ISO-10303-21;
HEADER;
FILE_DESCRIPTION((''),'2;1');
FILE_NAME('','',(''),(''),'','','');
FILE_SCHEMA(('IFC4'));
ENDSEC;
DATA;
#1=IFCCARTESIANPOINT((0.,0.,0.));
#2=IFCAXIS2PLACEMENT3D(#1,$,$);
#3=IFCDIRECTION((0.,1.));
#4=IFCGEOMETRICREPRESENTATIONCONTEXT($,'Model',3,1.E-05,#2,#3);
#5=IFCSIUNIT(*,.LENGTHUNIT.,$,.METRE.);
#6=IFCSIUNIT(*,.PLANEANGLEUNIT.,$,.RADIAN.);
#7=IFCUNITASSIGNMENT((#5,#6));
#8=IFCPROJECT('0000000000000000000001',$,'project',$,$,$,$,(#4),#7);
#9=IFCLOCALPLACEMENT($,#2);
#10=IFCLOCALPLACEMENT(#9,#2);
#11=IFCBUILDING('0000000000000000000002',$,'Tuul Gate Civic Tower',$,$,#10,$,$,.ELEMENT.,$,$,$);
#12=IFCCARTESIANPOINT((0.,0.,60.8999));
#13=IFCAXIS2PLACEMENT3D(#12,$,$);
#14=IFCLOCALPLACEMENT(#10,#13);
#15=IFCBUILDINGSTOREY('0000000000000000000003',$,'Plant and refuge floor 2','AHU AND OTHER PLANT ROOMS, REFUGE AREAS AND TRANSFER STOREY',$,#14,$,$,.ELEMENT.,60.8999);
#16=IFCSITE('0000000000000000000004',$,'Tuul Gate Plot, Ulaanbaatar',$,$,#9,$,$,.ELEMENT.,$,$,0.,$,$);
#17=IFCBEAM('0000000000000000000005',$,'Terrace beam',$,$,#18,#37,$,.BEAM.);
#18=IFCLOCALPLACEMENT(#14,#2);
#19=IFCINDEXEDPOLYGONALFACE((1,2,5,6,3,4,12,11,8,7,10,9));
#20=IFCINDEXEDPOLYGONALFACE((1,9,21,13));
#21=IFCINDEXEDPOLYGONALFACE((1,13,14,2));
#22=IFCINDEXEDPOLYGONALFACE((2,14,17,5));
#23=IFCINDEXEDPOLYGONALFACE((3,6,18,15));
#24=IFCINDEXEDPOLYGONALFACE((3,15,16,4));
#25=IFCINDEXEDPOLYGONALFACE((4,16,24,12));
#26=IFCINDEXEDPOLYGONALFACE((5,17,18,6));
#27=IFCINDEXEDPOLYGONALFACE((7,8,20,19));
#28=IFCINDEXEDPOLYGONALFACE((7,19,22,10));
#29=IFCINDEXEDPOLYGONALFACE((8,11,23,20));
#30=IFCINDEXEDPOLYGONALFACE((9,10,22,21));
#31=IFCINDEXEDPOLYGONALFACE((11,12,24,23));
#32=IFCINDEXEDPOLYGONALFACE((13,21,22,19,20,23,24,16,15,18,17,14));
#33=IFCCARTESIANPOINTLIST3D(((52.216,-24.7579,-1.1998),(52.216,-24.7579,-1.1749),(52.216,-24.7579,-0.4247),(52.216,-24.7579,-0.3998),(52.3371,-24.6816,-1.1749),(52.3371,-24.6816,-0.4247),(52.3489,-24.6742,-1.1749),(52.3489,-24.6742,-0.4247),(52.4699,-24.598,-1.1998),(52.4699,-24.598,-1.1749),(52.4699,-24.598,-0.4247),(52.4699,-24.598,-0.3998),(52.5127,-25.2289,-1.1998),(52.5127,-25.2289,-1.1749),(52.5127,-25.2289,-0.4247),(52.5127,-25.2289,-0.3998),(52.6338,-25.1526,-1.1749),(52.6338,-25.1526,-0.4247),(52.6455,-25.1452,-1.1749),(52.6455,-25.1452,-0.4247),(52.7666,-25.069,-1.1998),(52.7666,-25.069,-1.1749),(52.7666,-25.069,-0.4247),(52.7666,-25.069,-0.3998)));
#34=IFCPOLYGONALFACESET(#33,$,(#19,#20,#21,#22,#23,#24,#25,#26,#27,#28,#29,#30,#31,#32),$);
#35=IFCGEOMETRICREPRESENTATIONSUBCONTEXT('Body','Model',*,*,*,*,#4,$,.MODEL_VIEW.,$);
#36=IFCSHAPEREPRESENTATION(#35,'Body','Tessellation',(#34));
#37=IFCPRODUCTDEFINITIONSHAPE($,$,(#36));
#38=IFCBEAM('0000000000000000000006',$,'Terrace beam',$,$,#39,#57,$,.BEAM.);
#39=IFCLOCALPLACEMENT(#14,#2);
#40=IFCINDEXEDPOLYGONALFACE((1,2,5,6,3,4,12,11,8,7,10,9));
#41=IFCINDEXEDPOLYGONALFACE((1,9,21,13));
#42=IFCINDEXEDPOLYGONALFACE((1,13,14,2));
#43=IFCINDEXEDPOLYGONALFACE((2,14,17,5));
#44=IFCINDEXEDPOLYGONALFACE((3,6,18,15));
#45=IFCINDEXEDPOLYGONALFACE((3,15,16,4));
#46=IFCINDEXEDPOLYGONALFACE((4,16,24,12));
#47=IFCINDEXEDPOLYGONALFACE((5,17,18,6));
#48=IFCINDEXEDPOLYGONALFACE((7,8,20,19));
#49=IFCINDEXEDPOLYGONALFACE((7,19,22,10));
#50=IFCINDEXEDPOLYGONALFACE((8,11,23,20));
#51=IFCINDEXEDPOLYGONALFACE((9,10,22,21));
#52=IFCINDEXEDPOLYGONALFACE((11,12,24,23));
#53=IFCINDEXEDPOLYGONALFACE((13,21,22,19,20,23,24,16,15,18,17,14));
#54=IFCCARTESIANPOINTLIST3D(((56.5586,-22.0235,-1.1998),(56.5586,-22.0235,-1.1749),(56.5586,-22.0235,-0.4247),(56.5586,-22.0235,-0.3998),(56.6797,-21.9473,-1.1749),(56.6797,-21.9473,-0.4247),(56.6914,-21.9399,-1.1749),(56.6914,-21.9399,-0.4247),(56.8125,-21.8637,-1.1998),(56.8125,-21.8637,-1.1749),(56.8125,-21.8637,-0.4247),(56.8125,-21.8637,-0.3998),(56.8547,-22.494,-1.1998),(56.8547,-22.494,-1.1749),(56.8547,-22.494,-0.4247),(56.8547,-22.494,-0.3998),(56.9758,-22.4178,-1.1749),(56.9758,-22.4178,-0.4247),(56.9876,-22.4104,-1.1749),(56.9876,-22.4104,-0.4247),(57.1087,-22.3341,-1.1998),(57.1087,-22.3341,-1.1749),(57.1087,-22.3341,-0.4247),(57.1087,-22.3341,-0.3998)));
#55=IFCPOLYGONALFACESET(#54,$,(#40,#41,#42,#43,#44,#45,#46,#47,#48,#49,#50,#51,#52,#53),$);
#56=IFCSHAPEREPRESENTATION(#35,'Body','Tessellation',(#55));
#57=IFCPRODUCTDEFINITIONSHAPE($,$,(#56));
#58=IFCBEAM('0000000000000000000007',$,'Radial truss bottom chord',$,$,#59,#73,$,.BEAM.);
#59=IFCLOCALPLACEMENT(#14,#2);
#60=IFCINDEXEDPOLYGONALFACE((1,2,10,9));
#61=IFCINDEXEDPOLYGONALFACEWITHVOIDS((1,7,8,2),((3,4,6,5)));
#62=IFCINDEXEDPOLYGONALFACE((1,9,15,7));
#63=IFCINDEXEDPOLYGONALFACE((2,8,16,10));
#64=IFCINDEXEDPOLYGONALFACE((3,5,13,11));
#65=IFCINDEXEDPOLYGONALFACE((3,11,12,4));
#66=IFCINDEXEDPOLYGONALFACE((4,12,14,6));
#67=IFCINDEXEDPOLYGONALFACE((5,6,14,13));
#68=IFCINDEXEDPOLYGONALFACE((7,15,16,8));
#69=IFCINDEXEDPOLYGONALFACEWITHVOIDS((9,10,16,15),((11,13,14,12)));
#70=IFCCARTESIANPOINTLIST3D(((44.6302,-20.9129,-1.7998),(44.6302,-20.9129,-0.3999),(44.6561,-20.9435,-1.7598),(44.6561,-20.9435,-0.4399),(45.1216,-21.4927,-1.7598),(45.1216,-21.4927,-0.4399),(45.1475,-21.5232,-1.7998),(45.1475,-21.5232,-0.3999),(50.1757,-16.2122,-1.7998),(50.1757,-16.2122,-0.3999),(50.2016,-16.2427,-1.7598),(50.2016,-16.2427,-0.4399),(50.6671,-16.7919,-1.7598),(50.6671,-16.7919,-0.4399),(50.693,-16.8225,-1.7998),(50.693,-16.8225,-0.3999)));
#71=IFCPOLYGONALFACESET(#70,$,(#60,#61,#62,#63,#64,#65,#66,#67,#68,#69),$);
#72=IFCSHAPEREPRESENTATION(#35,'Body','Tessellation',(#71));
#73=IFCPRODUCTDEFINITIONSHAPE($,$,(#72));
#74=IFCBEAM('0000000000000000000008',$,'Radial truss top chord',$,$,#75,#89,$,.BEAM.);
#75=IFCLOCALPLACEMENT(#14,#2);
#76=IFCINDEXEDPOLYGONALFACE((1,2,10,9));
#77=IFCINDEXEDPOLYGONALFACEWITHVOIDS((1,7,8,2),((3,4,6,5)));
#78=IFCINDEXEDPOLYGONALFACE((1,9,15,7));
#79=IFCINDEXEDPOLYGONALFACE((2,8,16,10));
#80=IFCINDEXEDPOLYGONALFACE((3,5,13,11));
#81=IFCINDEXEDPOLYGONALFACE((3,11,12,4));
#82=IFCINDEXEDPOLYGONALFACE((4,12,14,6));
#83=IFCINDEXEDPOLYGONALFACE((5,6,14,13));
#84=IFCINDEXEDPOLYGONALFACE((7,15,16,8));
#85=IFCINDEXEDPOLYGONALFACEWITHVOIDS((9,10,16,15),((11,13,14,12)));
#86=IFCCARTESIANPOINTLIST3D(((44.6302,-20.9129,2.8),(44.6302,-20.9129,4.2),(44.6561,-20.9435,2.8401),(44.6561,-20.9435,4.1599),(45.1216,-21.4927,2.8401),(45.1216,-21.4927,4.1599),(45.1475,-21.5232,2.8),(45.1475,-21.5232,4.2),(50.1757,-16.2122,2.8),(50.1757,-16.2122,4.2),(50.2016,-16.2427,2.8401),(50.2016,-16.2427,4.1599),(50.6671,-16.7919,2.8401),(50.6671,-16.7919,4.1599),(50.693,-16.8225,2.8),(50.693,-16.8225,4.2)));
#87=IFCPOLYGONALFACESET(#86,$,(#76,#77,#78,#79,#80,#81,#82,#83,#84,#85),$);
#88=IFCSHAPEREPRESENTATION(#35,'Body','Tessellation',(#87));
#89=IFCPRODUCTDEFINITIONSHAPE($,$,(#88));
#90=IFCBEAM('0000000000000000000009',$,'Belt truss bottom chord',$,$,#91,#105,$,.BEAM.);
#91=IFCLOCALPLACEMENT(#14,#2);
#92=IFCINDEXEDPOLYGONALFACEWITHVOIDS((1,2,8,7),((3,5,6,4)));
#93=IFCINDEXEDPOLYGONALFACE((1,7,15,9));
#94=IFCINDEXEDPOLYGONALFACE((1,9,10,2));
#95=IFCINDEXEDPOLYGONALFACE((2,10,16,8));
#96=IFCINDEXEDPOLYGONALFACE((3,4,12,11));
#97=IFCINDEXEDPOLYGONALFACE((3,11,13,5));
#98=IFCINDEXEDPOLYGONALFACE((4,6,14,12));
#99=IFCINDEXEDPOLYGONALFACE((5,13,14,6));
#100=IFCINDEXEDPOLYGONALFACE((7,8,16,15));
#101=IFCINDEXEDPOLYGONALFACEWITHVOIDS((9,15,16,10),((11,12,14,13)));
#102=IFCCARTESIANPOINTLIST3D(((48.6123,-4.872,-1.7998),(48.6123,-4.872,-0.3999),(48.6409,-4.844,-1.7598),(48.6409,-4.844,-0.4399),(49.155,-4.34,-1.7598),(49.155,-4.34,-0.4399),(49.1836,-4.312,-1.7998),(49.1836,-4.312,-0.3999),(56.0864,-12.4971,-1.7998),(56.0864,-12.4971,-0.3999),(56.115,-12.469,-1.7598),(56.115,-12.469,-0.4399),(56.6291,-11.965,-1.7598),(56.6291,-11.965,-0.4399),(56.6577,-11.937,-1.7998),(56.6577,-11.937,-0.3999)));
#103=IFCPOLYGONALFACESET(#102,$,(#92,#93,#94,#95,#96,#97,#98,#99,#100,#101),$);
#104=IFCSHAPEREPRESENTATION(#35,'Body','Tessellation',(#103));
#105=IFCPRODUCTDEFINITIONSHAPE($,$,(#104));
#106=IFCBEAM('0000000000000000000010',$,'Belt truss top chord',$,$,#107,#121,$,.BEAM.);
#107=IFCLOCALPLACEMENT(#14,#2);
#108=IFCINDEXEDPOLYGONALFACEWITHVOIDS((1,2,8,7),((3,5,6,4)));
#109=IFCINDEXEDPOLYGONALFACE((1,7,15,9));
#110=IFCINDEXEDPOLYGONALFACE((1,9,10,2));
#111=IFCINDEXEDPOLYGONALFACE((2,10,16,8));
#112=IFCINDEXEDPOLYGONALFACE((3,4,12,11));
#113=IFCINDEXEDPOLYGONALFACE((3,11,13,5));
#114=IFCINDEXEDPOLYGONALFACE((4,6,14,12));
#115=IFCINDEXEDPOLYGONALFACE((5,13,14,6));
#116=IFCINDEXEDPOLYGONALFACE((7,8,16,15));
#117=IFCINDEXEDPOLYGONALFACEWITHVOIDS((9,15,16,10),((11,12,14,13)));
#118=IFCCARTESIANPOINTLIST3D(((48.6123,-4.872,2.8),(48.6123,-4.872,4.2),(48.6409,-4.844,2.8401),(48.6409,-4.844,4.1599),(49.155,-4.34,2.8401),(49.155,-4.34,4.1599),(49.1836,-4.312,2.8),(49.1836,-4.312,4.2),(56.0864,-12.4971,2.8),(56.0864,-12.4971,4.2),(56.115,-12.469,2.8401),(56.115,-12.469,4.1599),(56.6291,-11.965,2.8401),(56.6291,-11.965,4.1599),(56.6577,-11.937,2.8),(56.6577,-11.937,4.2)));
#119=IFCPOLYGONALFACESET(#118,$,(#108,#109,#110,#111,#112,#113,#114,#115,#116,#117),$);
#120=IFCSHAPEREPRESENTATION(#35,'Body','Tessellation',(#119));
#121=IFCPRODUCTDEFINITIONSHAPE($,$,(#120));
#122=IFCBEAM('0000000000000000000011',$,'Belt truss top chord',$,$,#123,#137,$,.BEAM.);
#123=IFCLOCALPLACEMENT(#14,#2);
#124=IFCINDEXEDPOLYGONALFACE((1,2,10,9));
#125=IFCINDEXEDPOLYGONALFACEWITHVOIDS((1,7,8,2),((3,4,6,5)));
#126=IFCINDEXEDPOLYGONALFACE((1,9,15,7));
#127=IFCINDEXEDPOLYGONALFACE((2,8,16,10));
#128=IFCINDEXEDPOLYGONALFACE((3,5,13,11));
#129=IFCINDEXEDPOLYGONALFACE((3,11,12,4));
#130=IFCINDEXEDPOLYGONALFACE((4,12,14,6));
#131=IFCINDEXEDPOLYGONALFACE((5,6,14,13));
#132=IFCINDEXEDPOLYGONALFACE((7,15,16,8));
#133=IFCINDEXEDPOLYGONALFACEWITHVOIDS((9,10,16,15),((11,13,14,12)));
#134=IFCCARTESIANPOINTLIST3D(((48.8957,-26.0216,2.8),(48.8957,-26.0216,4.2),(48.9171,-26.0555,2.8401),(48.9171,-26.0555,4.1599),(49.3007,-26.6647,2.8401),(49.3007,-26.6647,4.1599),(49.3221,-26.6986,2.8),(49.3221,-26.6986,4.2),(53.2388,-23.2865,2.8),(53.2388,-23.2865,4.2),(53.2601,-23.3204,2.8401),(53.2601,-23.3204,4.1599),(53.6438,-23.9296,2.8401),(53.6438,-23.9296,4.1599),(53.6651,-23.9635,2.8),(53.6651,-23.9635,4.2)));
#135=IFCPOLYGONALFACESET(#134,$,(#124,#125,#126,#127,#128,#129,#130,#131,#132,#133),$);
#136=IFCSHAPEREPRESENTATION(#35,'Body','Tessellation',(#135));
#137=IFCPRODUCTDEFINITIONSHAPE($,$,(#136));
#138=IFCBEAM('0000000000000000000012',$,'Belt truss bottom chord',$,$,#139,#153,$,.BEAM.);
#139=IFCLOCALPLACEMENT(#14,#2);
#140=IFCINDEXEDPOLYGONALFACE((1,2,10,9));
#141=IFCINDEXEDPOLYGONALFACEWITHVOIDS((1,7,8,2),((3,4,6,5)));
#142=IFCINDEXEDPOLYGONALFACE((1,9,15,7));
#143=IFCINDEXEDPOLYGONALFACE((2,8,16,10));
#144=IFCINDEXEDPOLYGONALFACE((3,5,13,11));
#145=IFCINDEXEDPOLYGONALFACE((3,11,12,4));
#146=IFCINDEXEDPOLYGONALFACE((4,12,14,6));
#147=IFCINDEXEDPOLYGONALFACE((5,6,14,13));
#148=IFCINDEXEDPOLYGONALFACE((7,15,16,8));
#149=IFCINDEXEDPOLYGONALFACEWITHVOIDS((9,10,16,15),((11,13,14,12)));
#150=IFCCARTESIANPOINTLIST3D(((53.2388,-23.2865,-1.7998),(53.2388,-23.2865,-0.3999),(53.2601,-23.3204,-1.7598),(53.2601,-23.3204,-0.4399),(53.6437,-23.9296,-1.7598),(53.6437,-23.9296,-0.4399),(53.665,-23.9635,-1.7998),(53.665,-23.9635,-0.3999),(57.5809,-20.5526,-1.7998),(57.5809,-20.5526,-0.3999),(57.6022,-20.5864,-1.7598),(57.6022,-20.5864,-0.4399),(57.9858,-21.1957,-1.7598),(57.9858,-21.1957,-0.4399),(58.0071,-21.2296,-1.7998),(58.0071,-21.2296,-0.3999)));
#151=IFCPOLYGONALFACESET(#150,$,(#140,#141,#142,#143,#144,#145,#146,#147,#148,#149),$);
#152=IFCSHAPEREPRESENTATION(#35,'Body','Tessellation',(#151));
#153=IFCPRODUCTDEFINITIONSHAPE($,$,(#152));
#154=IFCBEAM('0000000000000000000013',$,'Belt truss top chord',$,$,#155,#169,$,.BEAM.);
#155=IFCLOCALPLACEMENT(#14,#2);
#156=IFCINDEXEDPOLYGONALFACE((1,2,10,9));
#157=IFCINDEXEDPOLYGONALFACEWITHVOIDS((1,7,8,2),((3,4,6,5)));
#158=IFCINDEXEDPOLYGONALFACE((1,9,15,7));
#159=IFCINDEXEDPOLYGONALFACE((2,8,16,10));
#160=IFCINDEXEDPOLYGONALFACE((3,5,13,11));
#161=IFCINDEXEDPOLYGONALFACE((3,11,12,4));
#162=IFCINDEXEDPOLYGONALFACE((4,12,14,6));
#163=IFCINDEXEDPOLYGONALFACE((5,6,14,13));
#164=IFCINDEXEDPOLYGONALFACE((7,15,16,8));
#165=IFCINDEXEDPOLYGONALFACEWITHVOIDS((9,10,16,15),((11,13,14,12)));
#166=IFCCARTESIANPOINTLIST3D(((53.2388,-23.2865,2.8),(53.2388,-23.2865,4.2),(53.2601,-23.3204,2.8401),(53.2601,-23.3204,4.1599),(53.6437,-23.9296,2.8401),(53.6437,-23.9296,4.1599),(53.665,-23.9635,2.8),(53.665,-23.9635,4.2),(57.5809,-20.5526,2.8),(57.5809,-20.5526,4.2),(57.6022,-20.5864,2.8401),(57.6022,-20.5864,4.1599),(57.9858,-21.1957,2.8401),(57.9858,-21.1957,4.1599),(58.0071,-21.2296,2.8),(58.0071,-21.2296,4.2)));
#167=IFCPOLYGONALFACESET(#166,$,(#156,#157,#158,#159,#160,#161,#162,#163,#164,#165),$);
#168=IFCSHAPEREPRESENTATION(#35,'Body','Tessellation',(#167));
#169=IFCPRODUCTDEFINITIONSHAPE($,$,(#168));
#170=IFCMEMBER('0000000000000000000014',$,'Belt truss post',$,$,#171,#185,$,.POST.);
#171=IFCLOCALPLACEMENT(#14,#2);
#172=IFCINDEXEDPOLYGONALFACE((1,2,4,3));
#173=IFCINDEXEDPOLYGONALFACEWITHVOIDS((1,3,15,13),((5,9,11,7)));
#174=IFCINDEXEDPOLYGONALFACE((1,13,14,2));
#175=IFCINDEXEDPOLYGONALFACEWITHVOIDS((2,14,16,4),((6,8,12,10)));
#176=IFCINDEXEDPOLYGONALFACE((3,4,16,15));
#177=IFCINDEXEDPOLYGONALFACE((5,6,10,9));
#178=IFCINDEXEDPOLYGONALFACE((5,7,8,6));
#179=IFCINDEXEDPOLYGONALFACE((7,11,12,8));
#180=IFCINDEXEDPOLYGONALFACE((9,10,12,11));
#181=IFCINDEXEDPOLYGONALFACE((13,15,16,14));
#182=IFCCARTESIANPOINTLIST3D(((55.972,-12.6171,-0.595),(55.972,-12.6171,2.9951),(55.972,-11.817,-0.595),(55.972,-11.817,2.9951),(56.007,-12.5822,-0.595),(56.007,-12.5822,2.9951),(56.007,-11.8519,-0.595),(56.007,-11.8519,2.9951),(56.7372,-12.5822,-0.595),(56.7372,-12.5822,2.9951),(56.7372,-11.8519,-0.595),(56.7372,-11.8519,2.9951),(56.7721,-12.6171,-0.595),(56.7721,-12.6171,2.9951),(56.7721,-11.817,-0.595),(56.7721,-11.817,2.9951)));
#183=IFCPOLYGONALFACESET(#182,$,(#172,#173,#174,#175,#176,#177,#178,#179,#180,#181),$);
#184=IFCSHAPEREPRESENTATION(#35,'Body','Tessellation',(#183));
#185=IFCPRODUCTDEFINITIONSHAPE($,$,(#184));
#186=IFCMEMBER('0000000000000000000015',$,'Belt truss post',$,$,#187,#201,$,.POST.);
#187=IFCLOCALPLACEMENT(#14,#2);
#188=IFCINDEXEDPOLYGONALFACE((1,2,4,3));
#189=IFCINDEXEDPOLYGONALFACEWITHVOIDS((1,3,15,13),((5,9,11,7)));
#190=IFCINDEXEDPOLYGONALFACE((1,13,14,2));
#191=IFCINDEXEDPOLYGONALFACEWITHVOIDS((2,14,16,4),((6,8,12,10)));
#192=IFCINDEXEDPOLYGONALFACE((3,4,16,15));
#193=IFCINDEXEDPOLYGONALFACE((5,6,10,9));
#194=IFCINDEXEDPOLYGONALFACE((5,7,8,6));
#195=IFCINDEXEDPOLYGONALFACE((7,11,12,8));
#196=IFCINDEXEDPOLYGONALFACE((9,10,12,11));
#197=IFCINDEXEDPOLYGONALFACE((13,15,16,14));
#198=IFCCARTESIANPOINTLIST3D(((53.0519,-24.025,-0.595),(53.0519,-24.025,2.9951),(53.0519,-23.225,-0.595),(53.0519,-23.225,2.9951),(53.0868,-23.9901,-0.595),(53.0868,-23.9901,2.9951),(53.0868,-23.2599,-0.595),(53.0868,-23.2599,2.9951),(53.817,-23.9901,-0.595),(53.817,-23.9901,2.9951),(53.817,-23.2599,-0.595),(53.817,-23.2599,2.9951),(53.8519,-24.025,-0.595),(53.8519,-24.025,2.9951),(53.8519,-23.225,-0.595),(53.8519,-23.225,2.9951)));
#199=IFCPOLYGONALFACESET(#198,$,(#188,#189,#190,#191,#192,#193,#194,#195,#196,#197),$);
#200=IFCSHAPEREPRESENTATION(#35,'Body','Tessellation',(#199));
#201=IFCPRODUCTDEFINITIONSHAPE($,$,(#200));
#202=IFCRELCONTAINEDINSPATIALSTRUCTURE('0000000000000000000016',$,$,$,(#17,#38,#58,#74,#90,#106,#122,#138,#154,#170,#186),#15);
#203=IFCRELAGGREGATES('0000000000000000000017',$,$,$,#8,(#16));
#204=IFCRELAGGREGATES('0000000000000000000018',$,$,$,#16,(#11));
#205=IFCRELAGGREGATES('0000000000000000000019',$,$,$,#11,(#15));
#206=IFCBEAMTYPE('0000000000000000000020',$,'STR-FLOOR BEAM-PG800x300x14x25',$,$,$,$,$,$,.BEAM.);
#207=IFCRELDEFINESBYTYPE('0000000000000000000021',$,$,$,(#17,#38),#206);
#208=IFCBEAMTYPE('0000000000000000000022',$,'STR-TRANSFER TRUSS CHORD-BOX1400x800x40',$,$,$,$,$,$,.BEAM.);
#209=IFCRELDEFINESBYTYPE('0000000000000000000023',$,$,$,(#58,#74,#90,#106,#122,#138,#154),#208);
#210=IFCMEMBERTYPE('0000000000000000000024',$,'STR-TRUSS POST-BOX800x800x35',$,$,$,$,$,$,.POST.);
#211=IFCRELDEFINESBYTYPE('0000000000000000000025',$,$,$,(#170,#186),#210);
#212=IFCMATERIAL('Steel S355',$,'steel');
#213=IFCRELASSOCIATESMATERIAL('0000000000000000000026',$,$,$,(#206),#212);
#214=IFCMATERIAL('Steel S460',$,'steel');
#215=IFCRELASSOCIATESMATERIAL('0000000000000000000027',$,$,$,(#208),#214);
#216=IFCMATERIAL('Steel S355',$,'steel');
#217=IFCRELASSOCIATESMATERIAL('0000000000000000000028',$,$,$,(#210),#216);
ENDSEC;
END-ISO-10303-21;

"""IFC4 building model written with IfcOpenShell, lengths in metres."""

from ifc_helpers import new_model, si_unit, direction, frame, origin, origin_2d, place, context, subcontext, project, spatial, hollow_rectangle, i_section, extrude, material, material_profile, profile_set, type_object, element, save


model = new_model("IFC4")

# Units and contexts
model_context = context("Model", 3, precision=1e-05, world=origin(), true_north=direction((0.0, 1.0)))
body_context = subcontext(model_context, "Body", "Model", "MODEL_VIEW")
ifc_project = project(units=[si_unit("LENGTHUNIT", "METRE"), si_unit("PLANEANGLEUNIT", "RADIAN")], contexts=[model_context])

# Site, building, storey
site_placement = place(None, origin())
site = spatial("IfcSite", under=ifc_project, at=site_placement, Name="Tuul Gate Plot, Ulaanbaatar", CompositionType="ELEMENT", RefElevation=0.0)
building_placement = place(site_placement, origin())
building = spatial("IfcBuilding", under=site, at=building_placement, Name="Tuul Gate Civic Tower", CompositionType="ELEMENT")
storey_placement = place(building_placement, frame((0.0, 0.0, 60.8999)))
storey = spatial("IfcBuildingStorey", under=building, at=storey_placement, Name="Plant and refuge floor 2", Description="AHU AND OTHER PLANT ROOMS, REFUGE AREAS AND TRANSFER STOREY", CompositionType="ELEMENT", Elevation=60.8999)

# Beams
ifc_material_1 = material(Name="Steel S355", Category="steel")
ifc_material_profile_1 = material_profile(ifc_material_1, i_section(OverallWidth=0.3, OverallDepth=0.8, WebThickness=0.0139, FlangeThickness=0.0249, at=origin_2d()), Name="PG800x300x14x25")
ifc_profile_set_1 = profile_set([ifc_material_profile_1], Name="Steel S355")
beam_type_1 = type_object("IfcBeamType", Name="STR-FLOOR BEAM-PG800x300x14x25", PredefinedType="BEAM", material=ifc_profile_set_1)
beam_1_placement = place(storey_placement, frame((52.6396, -25.1489, -0.7998), z_axis=(-0.532953, 0.846145, 0.0), x_axis=(-0.846145, -0.532953, 0.0)))
element("IfcBeam", 1, at=beam_1_placement, inside=storey, type_object=beam_type_1, Name="Terrace beam", PredefinedType="BEAM", context=body_context, shape_type="SweptSolid", body=[
    extrude(i_section(OverallWidth=0.3, OverallDepth=0.8, WebThickness=0.0139, FlangeThickness=0.0249, at=origin_2d()), origin(), (0.0, 0.0, 1.0), 0.5566),
])
beam_2_placement = place(storey_placement, frame((56.9817, -22.4141, -0.7998), z_axis=(-0.53272, 0.846292, 0.0), x_axis=(-0.846292, -0.53272, 0.0)))
element("IfcBeam", 2, at=beam_2_placement, inside=storey, type_object=beam_type_1, Name="Terrace beam", PredefinedType="BEAM", context=body_context, shape_type="SweptSolid", body=[
    extrude(i_section(OverallWidth=0.3, OverallDepth=0.8, WebThickness=0.0139, FlangeThickness=0.0249, at=origin_2d()), origin(), (0.0, 0.0, 1.0), 0.5559),
])
ifc_material_2 = material(Name="Steel S460", Category="steel")
ifc_material_profile_2 = material_profile(ifc_material_2, hollow_rectangle(XDim=0.8, YDim=1.3999, WallThickness=0.04, at=origin_2d()), Name="BOX1400x800x40")
ifc_profile_set_2 = profile_set([ifc_material_profile_2], Name="Steel S460")
beam_type_2 = type_object("IfcBeamType", Name="STR-TRANSFER TRUSS CHORD-BOX1400x800x40", PredefinedType="BEAM", material=ifc_profile_set_2)
for number, where, z_axis, x_axis, name in (
    (3, (50.4343, -16.5173, -1.0999), (-0.762815, -0.646616, 0.0), (0.646616, -0.762815, 0.0), "Radial truss bottom chord"),
    (4, (50.4343, -16.5173, 3.5), (-0.762815, -0.646616, 0.0), (0.646616, -0.762815, 0.0), "Radial truss top chord"),
):
    element("IfcBeam", number, at=place(storey_placement, frame(where, z_axis=z_axis, x_axis=x_axis)), inside=storey, type_object=beam_type_2, Name=name, PredefinedType="BEAM", context=body_context, shape_type="SweptSolid", body=[
        extrude(hollow_rectangle(XDim=0.8, YDim=1.3999, WallThickness=0.04, at=origin_2d()), origin(), (0.0, 0.0, 1.0), 7.2698),
    ])
for number, where, z_axis, x_axis, name in (
    (5, (56.3721, -12.217, -1.0999), (-0.700006, 0.714137, 0.0), (-0.714137, -0.700006, 0.0), "Belt truss bottom chord"),
    (6, (56.3721, -12.217, 3.5), (-0.700006, 0.714137, 0.0), (-0.714137, -0.700006, 0.0), "Belt truss top chord"),
):
    element("IfcBeam", number, at=place(storey_placement, frame(where, z_axis=z_axis, x_axis=x_axis)), inside=storey, type_object=beam_type_2, Name=name, PredefinedType="BEAM", context=body_context, shape_type="SweptSolid", body=[
        extrude(hollow_rectangle(XDim=0.8, YDim=1.3999, WallThickness=0.04, at=origin_2d()), origin(), (0.0, 0.0, 1.0), 10.6772),
    ])
beam_3_placement = place(storey_placement, frame((49.1089, -26.3601, 3.5), z_axis=(0.846179, 0.532899, 0.0), x_axis=(-0.532899, 0.846179, 0.0)))
element("IfcBeam", 7, at=beam_3_placement, inside=storey, type_object=beam_type_2, Name="Belt truss top chord", PredefinedType="BEAM", context=body_context, shape_type="SweptSolid", body=[
    extrude(hollow_rectangle(XDim=0.8, YDim=1.3999, WallThickness=0.04, at=origin_2d()), origin(), (0.0, 0.0, 1.0), 5.1326),
])
for number, where, z_axis, x_axis, name in (
    (8, (53.4519, -23.625, -1.0999), (0.846232, 0.532815, 0.0), (-0.532815, 0.846232, 0.0), "Belt truss bottom chord"),
    (9, (53.4519, -23.625, 3.5), (0.846232, 0.532815, 0.0), (-0.532815, 0.846232, 0.0), "Belt truss top chord"),
):
    element("IfcBeam", number, at=place(storey_placement, frame(where, z_axis=z_axis, x_axis=x_axis)), inside=storey, type_object=beam_type_2, Name=name, PredefinedType="BEAM", context=body_context, shape_type="SweptSolid", body=[
        extrude(hollow_rectangle(XDim=0.8, YDim=1.3999, WallThickness=0.04, at=origin_2d()), origin(), (0.0, 0.0, 1.0), 5.1311),
    ])

# Members
ifc_material_3 = material(Name="Steel S355", Category="steel")
ifc_material_profile_3 = material_profile(ifc_material_3, hollow_rectangle(XDim=0.8, YDim=0.8, WallThickness=0.0349, at=origin_2d()), Name="BOX800x800x35")
ifc_profile_set_3 = profile_set([ifc_material_profile_3], Name="Steel S355")
member_type = type_object("IfcMemberType", Name="STR-TRUSS POST-BOX800x800x35", PredefinedType="POST", material=ifc_profile_set_3)
for number, where, z_axis, x_axis, name in (
    (10, (56.3721, -12.217, -0.595), (0.0, 0.0, 1.0), (1.0, 0.0, 0.0), "Belt truss post"),
    (11, (53.4519, -23.625, -0.595), (0.0, 0.0, 1.0), (1.0, 0.0, 0.0), "Belt truss post"),
):
    element("IfcMember", number, at=place(storey_placement, frame(where, z_axis=z_axis, x_axis=x_axis)), inside=storey, type_object=member_type, Name=name, PredefinedType="POST", context=body_context, shape_type="SweptSolid", body=[
        extrude(hollow_rectangle(XDim=0.8, YDim=0.8, WallThickness=0.0349, at=origin_2d()), origin(), (0.0, 0.0, 1.0), 3.5901),
    ])

save(model, "model.ifc")
